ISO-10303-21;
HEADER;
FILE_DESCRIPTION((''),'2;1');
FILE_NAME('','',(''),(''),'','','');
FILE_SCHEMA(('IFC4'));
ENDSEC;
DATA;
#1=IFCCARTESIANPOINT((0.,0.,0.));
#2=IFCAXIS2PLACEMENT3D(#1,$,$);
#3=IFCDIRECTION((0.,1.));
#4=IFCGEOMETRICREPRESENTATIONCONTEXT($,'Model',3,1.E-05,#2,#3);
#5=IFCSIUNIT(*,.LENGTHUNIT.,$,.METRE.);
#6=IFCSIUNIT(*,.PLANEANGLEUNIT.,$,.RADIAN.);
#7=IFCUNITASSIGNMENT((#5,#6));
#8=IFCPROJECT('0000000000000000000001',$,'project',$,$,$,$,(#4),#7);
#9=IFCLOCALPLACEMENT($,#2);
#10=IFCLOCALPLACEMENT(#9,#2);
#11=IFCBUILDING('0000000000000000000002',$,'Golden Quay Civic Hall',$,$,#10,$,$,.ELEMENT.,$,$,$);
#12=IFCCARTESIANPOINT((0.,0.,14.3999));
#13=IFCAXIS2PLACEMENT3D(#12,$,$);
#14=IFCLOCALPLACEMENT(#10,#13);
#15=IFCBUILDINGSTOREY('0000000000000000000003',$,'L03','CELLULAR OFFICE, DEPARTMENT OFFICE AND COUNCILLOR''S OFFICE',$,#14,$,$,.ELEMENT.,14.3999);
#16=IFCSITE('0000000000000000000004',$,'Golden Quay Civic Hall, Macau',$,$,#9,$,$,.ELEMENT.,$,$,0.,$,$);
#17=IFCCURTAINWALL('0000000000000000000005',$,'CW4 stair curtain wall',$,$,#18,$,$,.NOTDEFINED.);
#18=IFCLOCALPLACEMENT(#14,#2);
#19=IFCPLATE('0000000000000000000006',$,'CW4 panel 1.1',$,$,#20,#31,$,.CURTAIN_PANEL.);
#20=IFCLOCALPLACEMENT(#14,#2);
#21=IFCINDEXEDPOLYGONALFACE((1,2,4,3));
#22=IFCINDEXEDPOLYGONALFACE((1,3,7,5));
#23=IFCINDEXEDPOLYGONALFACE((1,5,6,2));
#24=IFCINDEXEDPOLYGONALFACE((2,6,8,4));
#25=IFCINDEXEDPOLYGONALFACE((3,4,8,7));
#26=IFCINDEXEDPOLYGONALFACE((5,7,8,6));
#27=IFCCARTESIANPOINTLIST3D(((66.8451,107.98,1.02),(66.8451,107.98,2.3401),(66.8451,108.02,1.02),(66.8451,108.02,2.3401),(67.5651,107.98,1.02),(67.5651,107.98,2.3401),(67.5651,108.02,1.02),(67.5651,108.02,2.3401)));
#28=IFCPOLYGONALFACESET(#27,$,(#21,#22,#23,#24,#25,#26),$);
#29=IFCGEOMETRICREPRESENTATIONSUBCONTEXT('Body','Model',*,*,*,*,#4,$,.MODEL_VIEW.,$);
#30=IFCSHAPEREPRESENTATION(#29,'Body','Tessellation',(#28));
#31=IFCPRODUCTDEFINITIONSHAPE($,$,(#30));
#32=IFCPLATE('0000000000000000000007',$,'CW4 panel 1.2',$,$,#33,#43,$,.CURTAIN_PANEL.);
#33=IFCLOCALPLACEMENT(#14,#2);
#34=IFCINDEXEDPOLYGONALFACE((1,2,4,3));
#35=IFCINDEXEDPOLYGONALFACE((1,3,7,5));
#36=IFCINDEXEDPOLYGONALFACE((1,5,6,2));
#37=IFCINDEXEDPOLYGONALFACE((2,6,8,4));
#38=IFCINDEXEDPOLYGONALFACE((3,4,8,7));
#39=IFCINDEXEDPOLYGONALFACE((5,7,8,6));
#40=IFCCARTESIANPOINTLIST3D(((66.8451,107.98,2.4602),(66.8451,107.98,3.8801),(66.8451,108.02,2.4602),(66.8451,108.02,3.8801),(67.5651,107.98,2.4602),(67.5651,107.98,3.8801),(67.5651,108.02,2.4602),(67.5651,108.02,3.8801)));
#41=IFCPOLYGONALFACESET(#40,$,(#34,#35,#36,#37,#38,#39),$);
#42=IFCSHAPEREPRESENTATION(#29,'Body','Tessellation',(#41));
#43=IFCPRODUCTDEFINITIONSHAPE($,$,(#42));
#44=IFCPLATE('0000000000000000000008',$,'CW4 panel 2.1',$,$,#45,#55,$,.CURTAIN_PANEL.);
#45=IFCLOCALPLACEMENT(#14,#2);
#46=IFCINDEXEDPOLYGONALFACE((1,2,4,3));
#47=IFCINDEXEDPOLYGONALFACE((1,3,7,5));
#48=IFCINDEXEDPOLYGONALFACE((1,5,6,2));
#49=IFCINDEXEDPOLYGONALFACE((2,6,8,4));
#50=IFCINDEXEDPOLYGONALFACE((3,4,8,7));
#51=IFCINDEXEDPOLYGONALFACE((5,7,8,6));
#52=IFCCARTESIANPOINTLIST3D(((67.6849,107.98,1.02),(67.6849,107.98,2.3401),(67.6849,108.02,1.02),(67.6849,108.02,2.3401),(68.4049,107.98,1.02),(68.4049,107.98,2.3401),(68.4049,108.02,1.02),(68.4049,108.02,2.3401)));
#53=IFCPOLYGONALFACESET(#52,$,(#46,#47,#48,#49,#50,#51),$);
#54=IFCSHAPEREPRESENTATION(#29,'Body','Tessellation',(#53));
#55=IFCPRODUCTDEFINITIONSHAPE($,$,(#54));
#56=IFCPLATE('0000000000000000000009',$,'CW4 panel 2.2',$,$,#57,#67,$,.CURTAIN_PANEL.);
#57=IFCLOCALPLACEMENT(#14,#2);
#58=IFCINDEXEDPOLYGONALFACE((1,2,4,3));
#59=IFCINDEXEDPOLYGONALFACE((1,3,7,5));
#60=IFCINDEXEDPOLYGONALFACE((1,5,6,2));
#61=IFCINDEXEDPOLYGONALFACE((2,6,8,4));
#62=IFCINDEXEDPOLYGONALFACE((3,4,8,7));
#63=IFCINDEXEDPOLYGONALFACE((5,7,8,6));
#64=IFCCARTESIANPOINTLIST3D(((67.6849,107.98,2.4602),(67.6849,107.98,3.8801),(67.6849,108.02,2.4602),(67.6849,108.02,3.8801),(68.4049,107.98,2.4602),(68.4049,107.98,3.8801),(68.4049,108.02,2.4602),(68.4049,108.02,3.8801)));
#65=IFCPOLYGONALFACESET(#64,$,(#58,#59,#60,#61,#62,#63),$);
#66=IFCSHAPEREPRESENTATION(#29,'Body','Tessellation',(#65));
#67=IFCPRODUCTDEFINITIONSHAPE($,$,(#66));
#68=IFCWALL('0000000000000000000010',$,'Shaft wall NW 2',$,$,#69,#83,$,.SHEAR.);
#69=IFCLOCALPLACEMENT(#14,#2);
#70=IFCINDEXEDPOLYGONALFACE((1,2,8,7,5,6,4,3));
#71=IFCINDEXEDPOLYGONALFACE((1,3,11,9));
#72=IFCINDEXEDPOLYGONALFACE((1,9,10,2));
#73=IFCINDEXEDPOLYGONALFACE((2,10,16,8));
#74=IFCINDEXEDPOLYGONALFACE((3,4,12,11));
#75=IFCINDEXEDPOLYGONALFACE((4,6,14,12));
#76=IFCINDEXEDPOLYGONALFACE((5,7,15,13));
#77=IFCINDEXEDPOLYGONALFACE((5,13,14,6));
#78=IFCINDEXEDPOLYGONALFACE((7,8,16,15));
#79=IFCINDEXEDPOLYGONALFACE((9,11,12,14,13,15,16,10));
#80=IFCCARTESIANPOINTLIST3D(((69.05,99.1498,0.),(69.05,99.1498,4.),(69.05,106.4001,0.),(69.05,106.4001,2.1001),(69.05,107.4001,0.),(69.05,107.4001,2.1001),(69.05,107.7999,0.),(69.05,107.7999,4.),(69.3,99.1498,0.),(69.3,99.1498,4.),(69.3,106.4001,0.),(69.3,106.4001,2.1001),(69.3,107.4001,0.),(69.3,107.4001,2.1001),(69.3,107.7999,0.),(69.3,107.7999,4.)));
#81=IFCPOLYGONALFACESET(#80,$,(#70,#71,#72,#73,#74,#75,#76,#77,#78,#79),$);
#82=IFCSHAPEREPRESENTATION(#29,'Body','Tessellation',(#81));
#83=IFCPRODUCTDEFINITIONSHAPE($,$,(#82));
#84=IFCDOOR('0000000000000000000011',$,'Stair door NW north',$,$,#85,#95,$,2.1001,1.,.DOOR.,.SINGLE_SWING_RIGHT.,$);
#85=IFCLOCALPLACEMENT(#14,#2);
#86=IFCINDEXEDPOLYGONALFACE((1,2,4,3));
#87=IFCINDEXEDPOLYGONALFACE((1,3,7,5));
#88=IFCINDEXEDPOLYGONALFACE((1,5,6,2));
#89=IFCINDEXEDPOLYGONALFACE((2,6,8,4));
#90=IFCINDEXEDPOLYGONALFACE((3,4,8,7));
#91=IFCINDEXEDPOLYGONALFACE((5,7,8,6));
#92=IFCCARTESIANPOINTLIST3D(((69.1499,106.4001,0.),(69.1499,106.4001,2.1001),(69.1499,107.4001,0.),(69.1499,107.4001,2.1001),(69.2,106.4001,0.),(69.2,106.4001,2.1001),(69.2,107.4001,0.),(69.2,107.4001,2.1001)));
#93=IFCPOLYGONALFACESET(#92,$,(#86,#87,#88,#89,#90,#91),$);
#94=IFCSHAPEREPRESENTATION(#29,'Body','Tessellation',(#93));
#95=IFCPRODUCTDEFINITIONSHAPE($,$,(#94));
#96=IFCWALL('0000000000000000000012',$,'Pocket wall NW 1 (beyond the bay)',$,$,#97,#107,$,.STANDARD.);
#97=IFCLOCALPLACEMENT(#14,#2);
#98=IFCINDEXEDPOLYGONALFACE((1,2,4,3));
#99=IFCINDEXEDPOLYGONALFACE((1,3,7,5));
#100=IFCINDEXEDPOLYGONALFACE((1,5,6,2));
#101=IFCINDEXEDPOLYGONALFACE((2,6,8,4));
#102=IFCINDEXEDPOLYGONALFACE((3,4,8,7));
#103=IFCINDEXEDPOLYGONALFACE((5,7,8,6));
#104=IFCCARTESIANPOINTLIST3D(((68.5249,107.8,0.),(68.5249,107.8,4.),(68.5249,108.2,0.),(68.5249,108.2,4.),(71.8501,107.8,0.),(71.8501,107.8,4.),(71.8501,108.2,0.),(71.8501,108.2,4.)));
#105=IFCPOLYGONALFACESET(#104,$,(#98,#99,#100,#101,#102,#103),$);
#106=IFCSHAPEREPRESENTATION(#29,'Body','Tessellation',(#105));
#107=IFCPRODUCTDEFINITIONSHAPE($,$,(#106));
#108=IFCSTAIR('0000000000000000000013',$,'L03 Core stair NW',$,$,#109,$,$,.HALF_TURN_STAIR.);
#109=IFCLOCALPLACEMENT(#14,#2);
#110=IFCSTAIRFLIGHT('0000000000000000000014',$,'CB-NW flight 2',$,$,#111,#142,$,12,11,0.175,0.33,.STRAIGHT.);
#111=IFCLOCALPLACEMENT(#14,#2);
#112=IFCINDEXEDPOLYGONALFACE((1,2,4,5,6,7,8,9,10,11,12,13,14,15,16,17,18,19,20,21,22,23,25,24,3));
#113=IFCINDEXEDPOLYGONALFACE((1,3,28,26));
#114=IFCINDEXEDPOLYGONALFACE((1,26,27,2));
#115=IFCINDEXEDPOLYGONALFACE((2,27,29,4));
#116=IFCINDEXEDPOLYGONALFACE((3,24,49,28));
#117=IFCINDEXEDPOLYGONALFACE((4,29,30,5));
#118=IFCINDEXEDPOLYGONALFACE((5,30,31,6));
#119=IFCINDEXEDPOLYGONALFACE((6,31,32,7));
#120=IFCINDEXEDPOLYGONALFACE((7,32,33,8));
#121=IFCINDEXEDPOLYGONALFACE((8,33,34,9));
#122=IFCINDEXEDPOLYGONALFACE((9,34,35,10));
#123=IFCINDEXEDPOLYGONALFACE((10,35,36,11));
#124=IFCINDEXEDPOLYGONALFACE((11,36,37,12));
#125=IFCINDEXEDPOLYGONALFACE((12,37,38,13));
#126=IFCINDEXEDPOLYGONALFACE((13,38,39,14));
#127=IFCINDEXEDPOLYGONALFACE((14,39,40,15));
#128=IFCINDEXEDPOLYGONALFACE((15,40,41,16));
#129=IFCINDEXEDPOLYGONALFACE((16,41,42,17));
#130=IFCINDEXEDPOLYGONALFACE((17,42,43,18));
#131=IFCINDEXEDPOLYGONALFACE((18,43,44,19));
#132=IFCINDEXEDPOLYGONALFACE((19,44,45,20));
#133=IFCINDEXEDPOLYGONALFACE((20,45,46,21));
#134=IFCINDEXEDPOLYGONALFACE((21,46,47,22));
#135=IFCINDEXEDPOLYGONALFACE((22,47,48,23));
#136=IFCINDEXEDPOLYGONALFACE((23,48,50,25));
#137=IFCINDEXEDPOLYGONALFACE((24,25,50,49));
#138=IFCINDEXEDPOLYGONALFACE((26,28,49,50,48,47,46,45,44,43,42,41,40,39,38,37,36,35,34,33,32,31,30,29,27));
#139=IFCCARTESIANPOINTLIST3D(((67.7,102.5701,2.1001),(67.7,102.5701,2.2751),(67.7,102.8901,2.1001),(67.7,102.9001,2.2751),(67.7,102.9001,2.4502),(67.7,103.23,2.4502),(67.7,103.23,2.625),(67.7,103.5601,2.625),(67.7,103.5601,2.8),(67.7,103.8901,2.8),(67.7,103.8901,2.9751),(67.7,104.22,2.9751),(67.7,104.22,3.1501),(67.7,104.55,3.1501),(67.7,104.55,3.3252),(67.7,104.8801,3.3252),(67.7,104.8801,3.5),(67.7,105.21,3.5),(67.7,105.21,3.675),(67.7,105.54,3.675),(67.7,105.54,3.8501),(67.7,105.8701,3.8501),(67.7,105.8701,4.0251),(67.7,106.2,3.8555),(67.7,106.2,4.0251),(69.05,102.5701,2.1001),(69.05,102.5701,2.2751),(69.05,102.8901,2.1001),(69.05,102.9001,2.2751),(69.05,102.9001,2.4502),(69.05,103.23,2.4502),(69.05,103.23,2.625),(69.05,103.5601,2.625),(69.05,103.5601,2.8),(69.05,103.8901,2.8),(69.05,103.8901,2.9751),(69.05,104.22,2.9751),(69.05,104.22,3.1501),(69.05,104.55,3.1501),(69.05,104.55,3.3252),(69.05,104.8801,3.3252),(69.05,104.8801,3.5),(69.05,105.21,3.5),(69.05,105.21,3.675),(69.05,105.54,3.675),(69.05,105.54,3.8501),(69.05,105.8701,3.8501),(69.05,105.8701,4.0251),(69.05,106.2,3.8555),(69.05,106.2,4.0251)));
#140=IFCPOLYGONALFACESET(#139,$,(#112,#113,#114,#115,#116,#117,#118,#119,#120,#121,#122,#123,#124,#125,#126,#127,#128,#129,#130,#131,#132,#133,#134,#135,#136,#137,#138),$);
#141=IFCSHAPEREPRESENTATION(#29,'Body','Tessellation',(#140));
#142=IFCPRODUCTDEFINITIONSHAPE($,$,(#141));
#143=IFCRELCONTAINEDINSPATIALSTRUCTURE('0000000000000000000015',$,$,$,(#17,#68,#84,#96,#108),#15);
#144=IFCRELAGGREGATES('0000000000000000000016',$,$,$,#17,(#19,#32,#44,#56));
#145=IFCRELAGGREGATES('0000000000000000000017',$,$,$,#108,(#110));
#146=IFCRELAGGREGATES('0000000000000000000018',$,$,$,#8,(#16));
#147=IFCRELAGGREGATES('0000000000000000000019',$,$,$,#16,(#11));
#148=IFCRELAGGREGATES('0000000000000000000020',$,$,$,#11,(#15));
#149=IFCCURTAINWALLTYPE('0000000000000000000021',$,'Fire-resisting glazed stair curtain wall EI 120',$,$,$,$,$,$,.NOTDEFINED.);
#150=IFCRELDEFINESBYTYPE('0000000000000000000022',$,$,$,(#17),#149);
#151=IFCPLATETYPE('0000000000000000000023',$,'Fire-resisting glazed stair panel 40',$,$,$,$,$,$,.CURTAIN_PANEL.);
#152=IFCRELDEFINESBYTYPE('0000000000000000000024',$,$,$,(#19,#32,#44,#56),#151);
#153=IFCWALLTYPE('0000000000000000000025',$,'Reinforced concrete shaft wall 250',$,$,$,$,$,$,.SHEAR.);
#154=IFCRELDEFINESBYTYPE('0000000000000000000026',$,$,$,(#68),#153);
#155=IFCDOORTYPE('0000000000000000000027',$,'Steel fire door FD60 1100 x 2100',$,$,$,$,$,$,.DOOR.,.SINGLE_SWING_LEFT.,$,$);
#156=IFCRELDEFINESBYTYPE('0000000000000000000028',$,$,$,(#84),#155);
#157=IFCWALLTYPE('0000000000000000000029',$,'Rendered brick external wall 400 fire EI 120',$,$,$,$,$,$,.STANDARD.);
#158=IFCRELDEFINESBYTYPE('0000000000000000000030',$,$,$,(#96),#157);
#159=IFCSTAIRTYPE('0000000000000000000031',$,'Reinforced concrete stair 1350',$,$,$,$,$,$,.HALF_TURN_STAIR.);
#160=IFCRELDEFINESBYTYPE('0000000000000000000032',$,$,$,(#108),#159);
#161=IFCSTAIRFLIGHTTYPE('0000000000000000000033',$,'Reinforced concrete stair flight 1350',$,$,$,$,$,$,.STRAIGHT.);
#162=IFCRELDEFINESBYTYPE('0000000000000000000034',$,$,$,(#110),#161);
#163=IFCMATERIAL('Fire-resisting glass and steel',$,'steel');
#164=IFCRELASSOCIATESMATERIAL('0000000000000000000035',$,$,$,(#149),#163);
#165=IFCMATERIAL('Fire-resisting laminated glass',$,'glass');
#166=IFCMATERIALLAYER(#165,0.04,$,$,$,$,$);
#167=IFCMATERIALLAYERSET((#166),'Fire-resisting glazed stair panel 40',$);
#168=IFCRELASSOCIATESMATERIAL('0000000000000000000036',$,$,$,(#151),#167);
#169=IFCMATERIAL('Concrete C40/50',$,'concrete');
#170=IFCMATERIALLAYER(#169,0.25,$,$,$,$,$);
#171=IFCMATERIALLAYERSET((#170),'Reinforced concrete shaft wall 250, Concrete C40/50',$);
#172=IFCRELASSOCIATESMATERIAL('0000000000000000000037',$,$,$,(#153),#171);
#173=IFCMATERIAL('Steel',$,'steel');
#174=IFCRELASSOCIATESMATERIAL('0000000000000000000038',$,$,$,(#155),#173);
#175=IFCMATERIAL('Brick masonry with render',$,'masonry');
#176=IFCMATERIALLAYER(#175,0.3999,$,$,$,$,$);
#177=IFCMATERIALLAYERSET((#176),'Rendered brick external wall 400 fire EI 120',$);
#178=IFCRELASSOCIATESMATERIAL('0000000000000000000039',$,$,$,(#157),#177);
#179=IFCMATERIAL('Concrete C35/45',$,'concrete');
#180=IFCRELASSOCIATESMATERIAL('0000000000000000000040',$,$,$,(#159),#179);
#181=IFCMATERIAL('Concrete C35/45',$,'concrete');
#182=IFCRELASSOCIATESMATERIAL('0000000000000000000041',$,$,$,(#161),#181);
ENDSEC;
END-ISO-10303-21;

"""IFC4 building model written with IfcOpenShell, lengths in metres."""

from ifc_helpers import new_model, si_unit, direction, frame, frame_2d, origin, origin_2d, place, context, subcontext, project, spatial, polyline, rectangle, outline, extrude, material, layer, layer_set, type_object, element, fill, aggregate, save


model = new_model("IFC4")

# Units and contexts
model_context = context("Model", 3, precision=1e-05, world=origin(), true_north=direction((0.0, 1.0)))
body_context = subcontext(model_context, "Body", "Model", "MODEL_VIEW")
ifc_project = project(units=[si_unit("LENGTHUNIT", "METRE"), si_unit("PLANEANGLEUNIT", "RADIAN")], contexts=[model_context])

# Site, building, storey
site_placement = place(None, origin())
site = spatial("IfcSite", under=ifc_project, at=site_placement, Name="Golden Quay Civic Hall, Macau", CompositionType="ELEMENT", RefElevation=0.0)
building_placement = place(site_placement, origin())
building = spatial("IfcBuilding", under=site, at=building_placement, Name="Golden Quay Civic Hall", CompositionType="ELEMENT")
storey_placement = place(building_placement, frame((0.0, 0.0, 14.3999)))
storey = spatial("IfcBuildingStorey", under=building, at=storey_placement, Name="L03", Description="CELLULAR OFFICE, DEPARTMENT OFFICE AND COUNCILLOR'S OFFICE", CompositionType="ELEMENT", Elevation=14.3999)

# Curtain wall
ifc_material_1 = material(Name="Fire-resisting glass and steel", Category="steel")
curtain_wall_type = type_object("IfcCurtainWallType", Name="Fire-resisting glazed stair curtain wall EI 120", PredefinedType="NOTDEFINED", material=ifc_material_1)
curtain_wall_placement = place(storey_placement, origin())
curtain_wall = element("IfcCurtainWall", 1, at=curtain_wall_placement, inside=storey, type_object=curtain_wall_type, Name="CW4 stair curtain wall", PredefinedType="NOTDEFINED")

# Plates
ifc_material_2 = material(Name="Fire-resisting laminated glass", Category="glass")
ifc_layer_1 = layer(ifc_material_2, 0.04)
ifc_layer_set_1 = layer_set([ifc_layer_1], Name="Fire-resisting glazed stair panel 40")
plate_type = type_object("IfcPlateType", Name="Fire-resisting glazed stair panel 40", PredefinedType="CURTAIN_PANEL", material=ifc_layer_set_1)
plate_1_placement = place(storey_placement, frame((67.2051, 108.0, 1.02), z_axis=(0.0, 0.0, 1.0), x_axis=(1.0, 0.0, 0.0)))
plate_1 = element("IfcPlate", 2, at=plate_1_placement, type_object=plate_type, Name="CW4 panel 1.1", PredefinedType="CURTAIN_PANEL", context=body_context, shape_type="SweptSolid", body=[
    extrude(rectangle(XDim=0.72, YDim=0.04, at=origin_2d()), origin(), (0.0, 0.0, 1.0), 1.3201),
])
plate_2_placement = place(storey_placement, frame((67.2051, 108.0, 2.4602), z_axis=(0.0, 0.0, 1.0), x_axis=(1.0, 0.0, 0.0)))
plate_2 = element("IfcPlate", 3, at=plate_2_placement, type_object=plate_type, Name="CW4 panel 1.2", PredefinedType="CURTAIN_PANEL", context=body_context, shape_type="SweptSolid", body=[
    extrude(rectangle(XDim=0.72, YDim=0.04, at=origin_2d()), origin(), (0.0, 0.0, 1.0), 1.4199),
])
plate_3_placement = place(storey_placement, frame((68.0449, 108.0, 1.02), z_axis=(0.0, 0.0, 1.0), x_axis=(1.0, 0.0, 0.0)))
plate_3 = element("IfcPlate", 4, at=plate_3_placement, type_object=plate_type, Name="CW4 panel 2.1", PredefinedType="CURTAIN_PANEL", context=body_context, shape_type="SweptSolid", body=[
    extrude(rectangle(XDim=0.72, YDim=0.04, at=origin_2d()), origin(), (0.0, 0.0, 1.0), 1.3201),
])
plate_4_placement = place(storey_placement, frame((68.0449, 108.0, 2.4602), z_axis=(0.0, 0.0, 1.0), x_axis=(1.0, 0.0, 0.0)))
plate_4 = element("IfcPlate", 5, at=plate_4_placement, type_object=plate_type, Name="CW4 panel 2.2", PredefinedType="CURTAIN_PANEL", context=body_context, shape_type="SweptSolid", body=[
    extrude(rectangle(XDim=0.72, YDim=0.04, at=origin_2d()), origin(), (0.0, 0.0, 1.0), 1.4199),
])
aggregate(curtain_wall, [plate_1, plate_2, plate_3, plate_4])

# Wall, opening, door
ifc_material_3 = material(Name="Concrete C40/50", Category="concrete")
ifc_layer_2 = layer(ifc_material_3, 0.25)
ifc_layer_set_2 = layer_set([ifc_layer_2], Name="Reinforced concrete shaft wall 250, Concrete C40/50")
wall_type_1 = type_object("IfcWallType", Name="Reinforced concrete shaft wall 250", PredefinedType="SHEAR", material=ifc_layer_set_2)
wall_1_placement = place(storey_placement, frame((69.175, 107.8, 0.0), z_axis=(0.0, 0.0, 1.0), x_axis=(0.0, -1.0, 0.0)))
wall_1 = element("IfcWall", 6, at=wall_1_placement, inside=storey, type_object=wall_type_1, Name="Shaft wall NW 2", PredefinedType="SHEAR", context=body_context, shape_type="SweptSolid", body=[
    extrude(rectangle(XDim=8.6501, YDim=0.25, at=frame_2d((4.3252, 0.0))), origin(), (0.0, 0.0, 1.0), 4.0),
])
opening_1_placement = place(wall_1_placement, frame((0.3999, 0.0, 0.0)))
opening_1 = element("IfcOpeningElement", 7, at=opening_1_placement, cuts=wall_1, PredefinedType="OPENING", context=body_context, shape_type="SweptSolid", body=[
    extrude(rectangle(XDim=1.0, YDim=2.1001, at=frame_2d((0.5, 1.05))), frame((0.0, 0.135, 0.0), z_axis=(0.0, -1.0, 0.0), x_axis=(1.0, 0.0, 0.0)), (0.0, 0.0, 1.0), 0.27),
])
ifc_material_4 = material(Name="Steel", Category="steel")
door_type_1 = type_object("IfcDoorType", Name="Steel fire door FD60 1100 x 2100", OperationType="SINGLE_SWING_LEFT", PredefinedType="DOOR", material=ifc_material_4)
door_1_placement = place(opening_1_placement, frame((1.0, 0.0, 0.0), z_axis=(0.0, 0.0, 1.0), x_axis=(-1.0, 0.0, 0.0)))
door_1 = element("IfcDoor", 8, at=door_1_placement, inside=storey, type_object=door_type_1, Name="Stair door NW north", OperationType="SINGLE_SWING_RIGHT", OverallHeight=2.1001, OverallWidth=1.0, PredefinedType="DOOR", context=body_context, shape_type="SweptSolid", body=[
    extrude(rectangle(XDim=1.0, YDim=2.1001, at=frame_2d((0.5, 1.05))), frame((0.0, 0.0251, 0.0), z_axis=(0.0, -1.0, 0.0), x_axis=(1.0, 0.0, 0.0)), (0.0, 0.0, 1.0), 0.05),
])
fill(opening_1, door_1)

# Wall
ifc_material_5 = material(Name="Brick masonry with render", Category="masonry")
ifc_layer_3 = layer(ifc_material_5, 0.3999)
ifc_layer_set_3 = layer_set([ifc_layer_3], Name="Rendered brick external wall 400 fire EI 120")
wall_type_2 = type_object("IfcWallType", Name="Rendered brick external wall 400 fire EI 120", PredefinedType="STANDARD", material=ifc_layer_set_3)
wall_2_placement = place(storey_placement, frame((68.5249, 108.0, 0.0), z_axis=(0.0, 0.0, 1.0), x_axis=(1.0, 0.0, 0.0)))
element("IfcWall", 9, at=wall_2_placement, inside=storey, type_object=wall_type_2, Name="Pocket wall NW 1 (beyond the bay)", PredefinedType="STANDARD", context=body_context, shape_type="SweptSolid", body=[
    extrude(rectangle(XDim=3.3252, YDim=0.3999, at=frame_2d((1.6626, 0.0))), origin(), (0.0, 0.0, 1.0), 4.0),
])

# Stair, stair flight
ifc_material_6 = material(Name="Concrete C35/45", Category="concrete")
stair_type = type_object("IfcStairType", Name="Reinforced concrete stair 1350", PredefinedType="HALF_TURN_STAIR", material=ifc_material_6)
stair_placement = place(storey_placement, origin())
stair = element("IfcStair", 10, at=stair_placement, inside=storey, type_object=stair_type, Name="L03 Core stair NW", PredefinedType="HALF_TURN_STAIR")
ifc_material_7 = material(Name="Concrete C35/45", Category="concrete")
stair_flight_type = type_object("IfcStairFlightType", Name="Reinforced concrete stair flight 1350", PredefinedType="STRAIGHT", material=ifc_material_7)
stair_flight_placement = place(storey_placement, frame((68.375, 102.5701, 2.1001), z_axis=(0.0, 0.0, 1.0), x_axis=(0.0, 1.0, 0.0)))
stair_flight = element("IfcStairFlight", 11, at=stair_flight_placement, type_object=stair_flight_type, Name="CB-NW flight 2", NumberOfRisers=12, NumberOfTreads=11, PredefinedType="STRAIGHT", RiserHeight=0.175, TreadLength=0.33, context=body_context, shape_type="SweptSolid", body=[
    extrude(outline(polyline([(0.0, 0.0), (0.0, 0.175), (0.3301, 0.175), (0.3301, 0.3501), (0.6599, 0.3501), (0.6599, 0.5249), (0.99, 0.5249), (0.99, 0.7), (1.3201, 0.7), (1.3201, 0.875), (1.6499, 0.875), (1.6499, 1.05), (1.98, 1.05), (1.98, 1.2251), (2.3101, 1.2251), (2.3101, 1.3999), (2.6399, 1.3999), (2.6399, 1.575), (2.97, 1.575), (2.97, 1.75), (3.3, 1.75), (3.3, 1.925), (3.6299, 1.925), (3.6299, 2.1001), (3.6299, 1.7554), (0.3201, 0.0), (0.0, 0.0)])), frame((0.0, 0.675, 0.0), z_axis=(0.0, -1.0, 0.0), x_axis=(1.0, 0.0, 0.0)), (0.0, 0.0, 1.0), 1.35),
])
aggregate(stair, [stair_flight])

save(model, "model.ifc")
